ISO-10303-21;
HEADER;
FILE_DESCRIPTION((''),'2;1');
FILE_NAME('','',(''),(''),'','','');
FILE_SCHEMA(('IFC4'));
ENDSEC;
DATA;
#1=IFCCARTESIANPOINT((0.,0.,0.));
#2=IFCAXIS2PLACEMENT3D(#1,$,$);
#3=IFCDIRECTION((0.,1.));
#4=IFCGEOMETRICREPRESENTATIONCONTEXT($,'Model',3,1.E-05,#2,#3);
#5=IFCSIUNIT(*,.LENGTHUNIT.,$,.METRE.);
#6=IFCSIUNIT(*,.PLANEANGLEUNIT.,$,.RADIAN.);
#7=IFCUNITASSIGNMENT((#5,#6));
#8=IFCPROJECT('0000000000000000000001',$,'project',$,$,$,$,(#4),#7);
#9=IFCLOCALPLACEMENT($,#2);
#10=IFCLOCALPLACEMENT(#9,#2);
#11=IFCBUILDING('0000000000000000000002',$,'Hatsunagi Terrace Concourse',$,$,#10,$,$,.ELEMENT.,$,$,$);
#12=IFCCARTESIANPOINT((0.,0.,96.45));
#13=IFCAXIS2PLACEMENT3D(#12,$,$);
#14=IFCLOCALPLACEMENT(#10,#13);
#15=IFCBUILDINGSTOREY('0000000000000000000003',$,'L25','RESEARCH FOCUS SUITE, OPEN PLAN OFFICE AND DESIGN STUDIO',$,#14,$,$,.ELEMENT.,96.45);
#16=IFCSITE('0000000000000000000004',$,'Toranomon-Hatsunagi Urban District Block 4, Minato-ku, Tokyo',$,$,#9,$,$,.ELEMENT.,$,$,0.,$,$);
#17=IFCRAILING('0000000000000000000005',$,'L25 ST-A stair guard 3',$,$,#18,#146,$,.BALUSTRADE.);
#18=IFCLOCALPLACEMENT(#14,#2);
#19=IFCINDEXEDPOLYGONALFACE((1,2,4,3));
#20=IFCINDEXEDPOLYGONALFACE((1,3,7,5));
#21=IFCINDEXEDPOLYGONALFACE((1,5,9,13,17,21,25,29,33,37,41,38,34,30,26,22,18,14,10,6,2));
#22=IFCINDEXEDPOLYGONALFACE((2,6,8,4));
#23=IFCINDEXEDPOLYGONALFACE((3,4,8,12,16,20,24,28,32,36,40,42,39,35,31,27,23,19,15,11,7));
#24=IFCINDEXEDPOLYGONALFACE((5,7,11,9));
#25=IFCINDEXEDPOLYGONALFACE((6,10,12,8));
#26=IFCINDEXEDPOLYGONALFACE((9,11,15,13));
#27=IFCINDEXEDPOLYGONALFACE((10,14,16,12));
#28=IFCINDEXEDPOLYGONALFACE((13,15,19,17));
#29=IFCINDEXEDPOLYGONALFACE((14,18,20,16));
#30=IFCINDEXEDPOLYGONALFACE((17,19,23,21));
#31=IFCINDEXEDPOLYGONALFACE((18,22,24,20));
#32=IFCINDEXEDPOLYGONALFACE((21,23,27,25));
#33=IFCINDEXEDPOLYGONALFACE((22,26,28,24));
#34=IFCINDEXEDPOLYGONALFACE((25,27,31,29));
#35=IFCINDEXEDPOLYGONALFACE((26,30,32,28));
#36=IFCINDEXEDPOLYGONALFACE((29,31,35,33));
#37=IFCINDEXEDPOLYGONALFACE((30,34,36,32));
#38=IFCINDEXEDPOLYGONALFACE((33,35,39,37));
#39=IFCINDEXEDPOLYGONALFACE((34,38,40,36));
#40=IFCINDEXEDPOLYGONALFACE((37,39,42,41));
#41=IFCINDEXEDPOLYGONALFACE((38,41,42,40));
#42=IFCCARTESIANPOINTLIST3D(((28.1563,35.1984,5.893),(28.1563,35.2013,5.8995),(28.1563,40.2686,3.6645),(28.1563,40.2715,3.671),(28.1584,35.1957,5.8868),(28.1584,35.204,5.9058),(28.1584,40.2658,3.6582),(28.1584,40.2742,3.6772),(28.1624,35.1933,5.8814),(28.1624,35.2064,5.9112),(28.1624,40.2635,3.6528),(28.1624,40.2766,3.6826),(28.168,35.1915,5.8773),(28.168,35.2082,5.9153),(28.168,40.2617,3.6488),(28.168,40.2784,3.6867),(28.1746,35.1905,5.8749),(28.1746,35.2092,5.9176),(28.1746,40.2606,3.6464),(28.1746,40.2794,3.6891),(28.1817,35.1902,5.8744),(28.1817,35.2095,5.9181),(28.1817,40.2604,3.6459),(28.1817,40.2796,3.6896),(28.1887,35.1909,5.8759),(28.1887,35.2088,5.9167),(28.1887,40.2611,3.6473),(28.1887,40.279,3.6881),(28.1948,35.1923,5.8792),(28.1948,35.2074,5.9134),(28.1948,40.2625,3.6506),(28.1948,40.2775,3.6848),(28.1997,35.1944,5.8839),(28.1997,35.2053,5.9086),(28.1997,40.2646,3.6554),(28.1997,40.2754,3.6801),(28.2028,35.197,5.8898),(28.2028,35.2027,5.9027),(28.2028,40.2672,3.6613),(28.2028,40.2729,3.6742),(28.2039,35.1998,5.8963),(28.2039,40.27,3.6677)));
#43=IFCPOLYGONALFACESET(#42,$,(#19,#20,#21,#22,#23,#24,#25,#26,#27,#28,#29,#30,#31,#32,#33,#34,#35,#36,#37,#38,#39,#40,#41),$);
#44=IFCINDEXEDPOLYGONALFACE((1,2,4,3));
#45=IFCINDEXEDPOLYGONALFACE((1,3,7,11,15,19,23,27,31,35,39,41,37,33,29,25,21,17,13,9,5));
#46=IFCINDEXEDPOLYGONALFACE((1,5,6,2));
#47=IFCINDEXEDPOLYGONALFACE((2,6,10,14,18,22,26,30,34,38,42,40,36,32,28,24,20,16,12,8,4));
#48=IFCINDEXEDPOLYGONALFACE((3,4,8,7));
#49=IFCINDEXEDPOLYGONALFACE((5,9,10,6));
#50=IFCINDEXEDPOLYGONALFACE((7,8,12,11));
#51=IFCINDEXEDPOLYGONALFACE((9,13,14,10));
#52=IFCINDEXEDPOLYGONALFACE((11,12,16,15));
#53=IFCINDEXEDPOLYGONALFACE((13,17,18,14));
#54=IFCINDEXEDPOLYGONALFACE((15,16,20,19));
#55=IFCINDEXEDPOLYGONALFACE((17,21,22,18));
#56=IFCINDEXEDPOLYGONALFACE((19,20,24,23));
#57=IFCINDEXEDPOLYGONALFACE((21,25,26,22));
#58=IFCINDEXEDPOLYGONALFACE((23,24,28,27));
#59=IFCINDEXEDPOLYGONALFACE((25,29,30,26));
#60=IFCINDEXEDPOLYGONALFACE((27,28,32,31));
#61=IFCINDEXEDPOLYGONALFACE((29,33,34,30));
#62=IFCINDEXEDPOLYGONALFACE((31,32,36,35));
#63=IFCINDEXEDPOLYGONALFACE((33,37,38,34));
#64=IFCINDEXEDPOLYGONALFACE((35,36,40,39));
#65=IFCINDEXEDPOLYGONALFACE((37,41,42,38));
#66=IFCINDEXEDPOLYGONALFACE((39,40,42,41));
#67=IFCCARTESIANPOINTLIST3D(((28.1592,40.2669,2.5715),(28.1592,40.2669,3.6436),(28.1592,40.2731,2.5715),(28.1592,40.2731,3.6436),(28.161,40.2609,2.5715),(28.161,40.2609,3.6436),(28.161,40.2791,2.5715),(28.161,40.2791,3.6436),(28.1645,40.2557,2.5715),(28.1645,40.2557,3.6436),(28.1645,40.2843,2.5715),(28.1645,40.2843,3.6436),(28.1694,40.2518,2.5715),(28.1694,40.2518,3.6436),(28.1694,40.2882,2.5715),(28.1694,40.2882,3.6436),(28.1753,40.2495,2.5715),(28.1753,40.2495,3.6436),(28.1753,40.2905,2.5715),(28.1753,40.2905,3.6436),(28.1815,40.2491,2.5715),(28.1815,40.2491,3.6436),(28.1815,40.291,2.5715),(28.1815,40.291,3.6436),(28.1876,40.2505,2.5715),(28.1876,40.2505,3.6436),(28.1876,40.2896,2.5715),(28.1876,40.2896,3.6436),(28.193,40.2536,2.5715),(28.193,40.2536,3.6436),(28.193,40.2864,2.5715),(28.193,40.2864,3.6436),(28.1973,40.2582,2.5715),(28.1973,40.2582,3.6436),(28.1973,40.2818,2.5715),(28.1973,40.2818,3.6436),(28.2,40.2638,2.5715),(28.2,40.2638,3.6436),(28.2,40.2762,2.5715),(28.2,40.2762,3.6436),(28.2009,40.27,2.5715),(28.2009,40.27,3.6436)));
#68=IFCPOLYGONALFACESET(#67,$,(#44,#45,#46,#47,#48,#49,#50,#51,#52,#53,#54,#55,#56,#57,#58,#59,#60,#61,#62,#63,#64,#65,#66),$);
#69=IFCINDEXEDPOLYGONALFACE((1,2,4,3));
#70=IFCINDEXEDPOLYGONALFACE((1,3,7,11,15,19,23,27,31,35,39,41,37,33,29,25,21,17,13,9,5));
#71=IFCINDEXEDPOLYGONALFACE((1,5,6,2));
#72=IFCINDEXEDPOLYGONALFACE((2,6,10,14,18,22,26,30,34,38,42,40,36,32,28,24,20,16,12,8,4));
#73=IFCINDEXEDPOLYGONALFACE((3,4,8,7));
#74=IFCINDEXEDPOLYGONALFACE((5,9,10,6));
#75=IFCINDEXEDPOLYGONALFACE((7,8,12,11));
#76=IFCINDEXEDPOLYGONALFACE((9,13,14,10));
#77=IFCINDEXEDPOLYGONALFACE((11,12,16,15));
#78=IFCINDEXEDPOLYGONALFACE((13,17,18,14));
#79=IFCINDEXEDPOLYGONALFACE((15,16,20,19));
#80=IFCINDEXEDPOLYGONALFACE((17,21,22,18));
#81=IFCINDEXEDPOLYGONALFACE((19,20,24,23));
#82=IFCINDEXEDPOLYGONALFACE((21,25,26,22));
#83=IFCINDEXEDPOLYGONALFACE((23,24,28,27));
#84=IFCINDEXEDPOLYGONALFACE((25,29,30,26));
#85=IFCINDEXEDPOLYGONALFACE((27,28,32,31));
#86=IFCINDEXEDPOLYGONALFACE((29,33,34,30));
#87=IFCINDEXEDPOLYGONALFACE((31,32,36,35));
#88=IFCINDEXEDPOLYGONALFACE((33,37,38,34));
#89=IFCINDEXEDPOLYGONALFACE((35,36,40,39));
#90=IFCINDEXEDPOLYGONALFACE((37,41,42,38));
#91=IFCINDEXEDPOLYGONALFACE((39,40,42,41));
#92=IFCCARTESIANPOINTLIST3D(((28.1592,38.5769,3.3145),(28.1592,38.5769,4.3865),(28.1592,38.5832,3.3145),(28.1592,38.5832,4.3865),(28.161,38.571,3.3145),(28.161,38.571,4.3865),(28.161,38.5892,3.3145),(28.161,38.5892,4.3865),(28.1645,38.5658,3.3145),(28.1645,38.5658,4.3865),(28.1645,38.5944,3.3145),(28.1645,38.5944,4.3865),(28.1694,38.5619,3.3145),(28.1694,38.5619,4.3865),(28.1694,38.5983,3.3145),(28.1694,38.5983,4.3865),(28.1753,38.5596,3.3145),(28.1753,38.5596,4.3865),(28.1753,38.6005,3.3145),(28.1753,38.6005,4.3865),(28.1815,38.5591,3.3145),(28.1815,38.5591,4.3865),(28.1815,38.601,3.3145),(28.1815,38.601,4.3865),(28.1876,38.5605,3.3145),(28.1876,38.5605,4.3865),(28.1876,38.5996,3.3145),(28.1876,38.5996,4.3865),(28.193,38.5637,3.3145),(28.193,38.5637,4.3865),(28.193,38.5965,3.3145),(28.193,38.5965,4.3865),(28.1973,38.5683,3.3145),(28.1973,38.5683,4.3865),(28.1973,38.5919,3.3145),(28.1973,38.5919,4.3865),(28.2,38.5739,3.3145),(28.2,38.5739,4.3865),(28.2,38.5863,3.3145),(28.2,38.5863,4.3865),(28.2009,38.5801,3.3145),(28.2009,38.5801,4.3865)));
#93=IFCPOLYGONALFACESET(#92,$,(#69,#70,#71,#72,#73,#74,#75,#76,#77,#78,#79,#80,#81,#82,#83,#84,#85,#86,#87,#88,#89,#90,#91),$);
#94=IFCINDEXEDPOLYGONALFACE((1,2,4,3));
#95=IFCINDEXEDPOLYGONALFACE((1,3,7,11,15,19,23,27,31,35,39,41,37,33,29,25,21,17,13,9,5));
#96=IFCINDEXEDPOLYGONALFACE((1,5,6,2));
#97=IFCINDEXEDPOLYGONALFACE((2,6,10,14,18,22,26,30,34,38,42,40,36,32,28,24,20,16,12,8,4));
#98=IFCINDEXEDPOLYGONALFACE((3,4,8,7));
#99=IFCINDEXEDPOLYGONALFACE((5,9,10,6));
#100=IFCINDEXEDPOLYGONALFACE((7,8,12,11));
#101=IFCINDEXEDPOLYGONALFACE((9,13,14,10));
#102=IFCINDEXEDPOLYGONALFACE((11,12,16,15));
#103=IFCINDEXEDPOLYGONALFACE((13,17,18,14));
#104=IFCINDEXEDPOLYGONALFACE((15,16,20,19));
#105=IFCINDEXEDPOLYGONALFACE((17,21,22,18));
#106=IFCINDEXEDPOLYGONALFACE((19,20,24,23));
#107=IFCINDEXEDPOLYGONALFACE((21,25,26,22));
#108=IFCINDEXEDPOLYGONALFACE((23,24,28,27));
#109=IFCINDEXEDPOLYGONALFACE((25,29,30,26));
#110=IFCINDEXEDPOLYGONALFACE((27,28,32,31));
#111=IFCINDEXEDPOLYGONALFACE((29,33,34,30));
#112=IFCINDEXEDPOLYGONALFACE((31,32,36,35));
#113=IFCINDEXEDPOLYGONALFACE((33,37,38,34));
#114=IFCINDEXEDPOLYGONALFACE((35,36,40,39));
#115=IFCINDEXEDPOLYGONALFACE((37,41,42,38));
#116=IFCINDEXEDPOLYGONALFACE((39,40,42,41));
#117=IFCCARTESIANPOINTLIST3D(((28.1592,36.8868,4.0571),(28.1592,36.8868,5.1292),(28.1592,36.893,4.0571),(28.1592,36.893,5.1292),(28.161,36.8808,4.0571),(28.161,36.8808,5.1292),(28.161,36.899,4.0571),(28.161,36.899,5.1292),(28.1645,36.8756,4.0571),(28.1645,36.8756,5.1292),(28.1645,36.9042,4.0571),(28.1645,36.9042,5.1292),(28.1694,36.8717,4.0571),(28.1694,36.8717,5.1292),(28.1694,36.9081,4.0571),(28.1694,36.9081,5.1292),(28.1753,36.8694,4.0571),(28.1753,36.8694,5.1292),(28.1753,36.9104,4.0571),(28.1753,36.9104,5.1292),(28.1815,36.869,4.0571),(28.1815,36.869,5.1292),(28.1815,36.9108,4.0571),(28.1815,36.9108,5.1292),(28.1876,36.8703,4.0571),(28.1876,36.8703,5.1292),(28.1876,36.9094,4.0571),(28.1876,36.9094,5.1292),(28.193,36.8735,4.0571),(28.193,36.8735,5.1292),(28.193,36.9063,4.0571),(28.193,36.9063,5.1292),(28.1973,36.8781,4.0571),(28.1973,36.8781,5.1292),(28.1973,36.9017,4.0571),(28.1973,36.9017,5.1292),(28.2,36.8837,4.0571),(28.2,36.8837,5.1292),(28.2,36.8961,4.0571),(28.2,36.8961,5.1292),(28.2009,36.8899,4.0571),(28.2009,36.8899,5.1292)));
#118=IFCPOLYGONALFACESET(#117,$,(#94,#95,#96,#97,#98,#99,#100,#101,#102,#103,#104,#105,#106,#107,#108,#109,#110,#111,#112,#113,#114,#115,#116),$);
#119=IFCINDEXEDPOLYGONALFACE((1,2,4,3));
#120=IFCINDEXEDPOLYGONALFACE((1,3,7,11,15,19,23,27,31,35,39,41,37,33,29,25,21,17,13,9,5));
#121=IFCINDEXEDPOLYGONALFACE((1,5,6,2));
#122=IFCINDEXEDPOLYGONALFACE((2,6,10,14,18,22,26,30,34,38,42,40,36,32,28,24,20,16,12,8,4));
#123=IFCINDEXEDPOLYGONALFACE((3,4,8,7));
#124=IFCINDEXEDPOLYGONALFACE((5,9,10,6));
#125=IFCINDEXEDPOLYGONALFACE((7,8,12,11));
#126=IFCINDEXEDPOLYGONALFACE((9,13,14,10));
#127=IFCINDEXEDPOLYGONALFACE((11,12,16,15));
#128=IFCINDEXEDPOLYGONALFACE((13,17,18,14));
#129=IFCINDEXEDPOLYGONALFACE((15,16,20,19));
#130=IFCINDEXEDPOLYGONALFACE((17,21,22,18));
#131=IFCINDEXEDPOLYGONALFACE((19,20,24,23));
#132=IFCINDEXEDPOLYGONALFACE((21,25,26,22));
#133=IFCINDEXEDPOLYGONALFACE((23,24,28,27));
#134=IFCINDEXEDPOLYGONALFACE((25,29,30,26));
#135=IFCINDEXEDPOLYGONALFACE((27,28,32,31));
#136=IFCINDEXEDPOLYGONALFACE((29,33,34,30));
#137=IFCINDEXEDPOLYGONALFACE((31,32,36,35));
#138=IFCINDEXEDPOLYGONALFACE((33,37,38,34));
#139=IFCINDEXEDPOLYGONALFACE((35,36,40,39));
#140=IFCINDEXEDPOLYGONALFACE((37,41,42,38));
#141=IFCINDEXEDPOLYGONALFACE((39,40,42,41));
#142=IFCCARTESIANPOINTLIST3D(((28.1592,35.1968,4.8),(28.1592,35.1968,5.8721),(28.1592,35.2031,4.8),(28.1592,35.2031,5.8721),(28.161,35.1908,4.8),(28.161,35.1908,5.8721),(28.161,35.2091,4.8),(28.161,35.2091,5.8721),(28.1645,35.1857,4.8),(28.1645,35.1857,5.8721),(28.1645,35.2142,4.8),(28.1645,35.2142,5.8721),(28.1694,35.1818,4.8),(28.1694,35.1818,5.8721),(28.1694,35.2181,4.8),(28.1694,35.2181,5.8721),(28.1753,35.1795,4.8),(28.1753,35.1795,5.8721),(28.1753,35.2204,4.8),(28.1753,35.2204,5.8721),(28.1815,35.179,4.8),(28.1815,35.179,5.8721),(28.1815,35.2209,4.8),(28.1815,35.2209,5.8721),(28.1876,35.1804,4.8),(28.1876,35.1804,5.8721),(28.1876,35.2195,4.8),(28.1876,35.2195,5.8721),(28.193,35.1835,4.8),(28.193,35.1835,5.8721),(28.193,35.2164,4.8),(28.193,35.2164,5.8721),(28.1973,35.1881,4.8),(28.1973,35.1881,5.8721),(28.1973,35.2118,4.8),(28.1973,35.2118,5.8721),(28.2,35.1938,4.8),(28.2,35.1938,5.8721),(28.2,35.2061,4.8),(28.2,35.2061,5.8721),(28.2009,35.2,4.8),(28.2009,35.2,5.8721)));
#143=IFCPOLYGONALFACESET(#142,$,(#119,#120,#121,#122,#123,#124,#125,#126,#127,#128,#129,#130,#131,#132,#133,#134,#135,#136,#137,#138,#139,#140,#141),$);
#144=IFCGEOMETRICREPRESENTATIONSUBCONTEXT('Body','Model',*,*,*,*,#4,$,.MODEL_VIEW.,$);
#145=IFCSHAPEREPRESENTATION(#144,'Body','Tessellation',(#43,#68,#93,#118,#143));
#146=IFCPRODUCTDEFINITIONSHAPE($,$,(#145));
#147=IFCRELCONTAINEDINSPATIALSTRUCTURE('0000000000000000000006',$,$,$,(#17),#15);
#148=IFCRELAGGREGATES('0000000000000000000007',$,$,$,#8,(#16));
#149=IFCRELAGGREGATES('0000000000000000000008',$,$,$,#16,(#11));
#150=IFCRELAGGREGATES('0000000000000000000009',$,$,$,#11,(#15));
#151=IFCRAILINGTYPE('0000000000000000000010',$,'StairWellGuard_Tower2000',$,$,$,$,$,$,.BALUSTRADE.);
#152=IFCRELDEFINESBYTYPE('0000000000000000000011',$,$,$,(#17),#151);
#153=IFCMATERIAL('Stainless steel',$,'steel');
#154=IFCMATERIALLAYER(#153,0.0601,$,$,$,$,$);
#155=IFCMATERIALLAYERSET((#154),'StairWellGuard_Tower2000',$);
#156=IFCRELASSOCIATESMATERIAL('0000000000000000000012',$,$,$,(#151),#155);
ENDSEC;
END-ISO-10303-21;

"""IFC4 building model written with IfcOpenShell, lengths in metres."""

from ifc_helpers import new_model, si_unit, direction, frame, origin, origin_2d, place, context, subcontext, project, spatial, circle, extrude, material, layer, layer_set, type_object, element, save


model = new_model("IFC4")

# Units and contexts
model_context = context("Model", 3, precision=1e-05, world=origin(), true_north=direction((0.0, 1.0)))
body_context = subcontext(model_context, "Body", "Model", "MODEL_VIEW")
ifc_project = project(units=[si_unit("LENGTHUNIT", "METRE"), si_unit("PLANEANGLEUNIT", "RADIAN")], contexts=[model_context])

# Site, building, storey
site_placement = place(None, origin())
site = spatial("IfcSite", under=ifc_project, at=site_placement, Name="Toranomon-Hatsunagi Urban District Block 4, Minato-ku, Tokyo", CompositionType="ELEMENT", RefElevation=0.0)
building_placement = place(site_placement, origin())
building = spatial("IfcBuilding", under=site, at=building_placement, Name="Hatsunagi Terrace Concourse", CompositionType="ELEMENT")
storey_placement = place(building_placement, frame((0.0, 0.0, 96.45)))
storey = spatial("IfcBuildingStorey", under=building, at=storey_placement, Name="L25", Description="RESEARCH FOCUS SUITE, OPEN PLAN OFFICE AND DESIGN STUDIO", CompositionType="ELEMENT", Elevation=96.45)

# Railing
ifc_material_1 = material(Name="Stainless steel", Category="steel")
ifc_layer_1 = layer(ifc_material_1, 0.0601)
ifc_layer_set_1 = layer_set([ifc_layer_1], Name="StairWellGuard_Tower2000")
railing_type_1 = type_object("IfcRailingType", Name="StairWellGuard_Tower2000", PredefinedType="BALUSTRADE", material=ifc_layer_set_1)
railing_1_placement = place(storey_placement, frame((28.1799, 40.27, 2.5715)))
element("IfcRailing", 1, at=railing_1_placement, inside=storey, type_object=railing_type_1, Name="L25 ST-A stair guard 3", PredefinedType="BALUSTRADE", context=body_context, shape_type="SweptSolid", body=[
    extrude(circle(Radius=0.0239, at=origin_2d()), frame((0.0, 0.0, 1.0962), z_axis=(0.0, -0.915469, 0.402388), x_axis=(1.0, 0.0, 0.0)), (0.0, 0.0, 1.0), 5.5383),
    extrude(circle(Radius=0.021, at=origin_2d()), origin(), (0.0, 0.0, 1.0), 1.072),
    extrude(circle(Radius=0.021, at=origin_2d()), frame((0.0, -1.6899, 0.7429)), (0.0, 0.0, 1.0), 1.072),
    extrude(circle(Radius=0.021, at=origin_2d()), frame((0.0, -3.3801, 1.4856)), (0.0, 0.0, 1.0), 1.072),
    extrude(circle(Radius=0.021, at=origin_2d()), frame((0.0, -5.0701, 2.2285)), (0.0, 0.0, 1.0), 1.072),
])

save(model, "model.ifc")
